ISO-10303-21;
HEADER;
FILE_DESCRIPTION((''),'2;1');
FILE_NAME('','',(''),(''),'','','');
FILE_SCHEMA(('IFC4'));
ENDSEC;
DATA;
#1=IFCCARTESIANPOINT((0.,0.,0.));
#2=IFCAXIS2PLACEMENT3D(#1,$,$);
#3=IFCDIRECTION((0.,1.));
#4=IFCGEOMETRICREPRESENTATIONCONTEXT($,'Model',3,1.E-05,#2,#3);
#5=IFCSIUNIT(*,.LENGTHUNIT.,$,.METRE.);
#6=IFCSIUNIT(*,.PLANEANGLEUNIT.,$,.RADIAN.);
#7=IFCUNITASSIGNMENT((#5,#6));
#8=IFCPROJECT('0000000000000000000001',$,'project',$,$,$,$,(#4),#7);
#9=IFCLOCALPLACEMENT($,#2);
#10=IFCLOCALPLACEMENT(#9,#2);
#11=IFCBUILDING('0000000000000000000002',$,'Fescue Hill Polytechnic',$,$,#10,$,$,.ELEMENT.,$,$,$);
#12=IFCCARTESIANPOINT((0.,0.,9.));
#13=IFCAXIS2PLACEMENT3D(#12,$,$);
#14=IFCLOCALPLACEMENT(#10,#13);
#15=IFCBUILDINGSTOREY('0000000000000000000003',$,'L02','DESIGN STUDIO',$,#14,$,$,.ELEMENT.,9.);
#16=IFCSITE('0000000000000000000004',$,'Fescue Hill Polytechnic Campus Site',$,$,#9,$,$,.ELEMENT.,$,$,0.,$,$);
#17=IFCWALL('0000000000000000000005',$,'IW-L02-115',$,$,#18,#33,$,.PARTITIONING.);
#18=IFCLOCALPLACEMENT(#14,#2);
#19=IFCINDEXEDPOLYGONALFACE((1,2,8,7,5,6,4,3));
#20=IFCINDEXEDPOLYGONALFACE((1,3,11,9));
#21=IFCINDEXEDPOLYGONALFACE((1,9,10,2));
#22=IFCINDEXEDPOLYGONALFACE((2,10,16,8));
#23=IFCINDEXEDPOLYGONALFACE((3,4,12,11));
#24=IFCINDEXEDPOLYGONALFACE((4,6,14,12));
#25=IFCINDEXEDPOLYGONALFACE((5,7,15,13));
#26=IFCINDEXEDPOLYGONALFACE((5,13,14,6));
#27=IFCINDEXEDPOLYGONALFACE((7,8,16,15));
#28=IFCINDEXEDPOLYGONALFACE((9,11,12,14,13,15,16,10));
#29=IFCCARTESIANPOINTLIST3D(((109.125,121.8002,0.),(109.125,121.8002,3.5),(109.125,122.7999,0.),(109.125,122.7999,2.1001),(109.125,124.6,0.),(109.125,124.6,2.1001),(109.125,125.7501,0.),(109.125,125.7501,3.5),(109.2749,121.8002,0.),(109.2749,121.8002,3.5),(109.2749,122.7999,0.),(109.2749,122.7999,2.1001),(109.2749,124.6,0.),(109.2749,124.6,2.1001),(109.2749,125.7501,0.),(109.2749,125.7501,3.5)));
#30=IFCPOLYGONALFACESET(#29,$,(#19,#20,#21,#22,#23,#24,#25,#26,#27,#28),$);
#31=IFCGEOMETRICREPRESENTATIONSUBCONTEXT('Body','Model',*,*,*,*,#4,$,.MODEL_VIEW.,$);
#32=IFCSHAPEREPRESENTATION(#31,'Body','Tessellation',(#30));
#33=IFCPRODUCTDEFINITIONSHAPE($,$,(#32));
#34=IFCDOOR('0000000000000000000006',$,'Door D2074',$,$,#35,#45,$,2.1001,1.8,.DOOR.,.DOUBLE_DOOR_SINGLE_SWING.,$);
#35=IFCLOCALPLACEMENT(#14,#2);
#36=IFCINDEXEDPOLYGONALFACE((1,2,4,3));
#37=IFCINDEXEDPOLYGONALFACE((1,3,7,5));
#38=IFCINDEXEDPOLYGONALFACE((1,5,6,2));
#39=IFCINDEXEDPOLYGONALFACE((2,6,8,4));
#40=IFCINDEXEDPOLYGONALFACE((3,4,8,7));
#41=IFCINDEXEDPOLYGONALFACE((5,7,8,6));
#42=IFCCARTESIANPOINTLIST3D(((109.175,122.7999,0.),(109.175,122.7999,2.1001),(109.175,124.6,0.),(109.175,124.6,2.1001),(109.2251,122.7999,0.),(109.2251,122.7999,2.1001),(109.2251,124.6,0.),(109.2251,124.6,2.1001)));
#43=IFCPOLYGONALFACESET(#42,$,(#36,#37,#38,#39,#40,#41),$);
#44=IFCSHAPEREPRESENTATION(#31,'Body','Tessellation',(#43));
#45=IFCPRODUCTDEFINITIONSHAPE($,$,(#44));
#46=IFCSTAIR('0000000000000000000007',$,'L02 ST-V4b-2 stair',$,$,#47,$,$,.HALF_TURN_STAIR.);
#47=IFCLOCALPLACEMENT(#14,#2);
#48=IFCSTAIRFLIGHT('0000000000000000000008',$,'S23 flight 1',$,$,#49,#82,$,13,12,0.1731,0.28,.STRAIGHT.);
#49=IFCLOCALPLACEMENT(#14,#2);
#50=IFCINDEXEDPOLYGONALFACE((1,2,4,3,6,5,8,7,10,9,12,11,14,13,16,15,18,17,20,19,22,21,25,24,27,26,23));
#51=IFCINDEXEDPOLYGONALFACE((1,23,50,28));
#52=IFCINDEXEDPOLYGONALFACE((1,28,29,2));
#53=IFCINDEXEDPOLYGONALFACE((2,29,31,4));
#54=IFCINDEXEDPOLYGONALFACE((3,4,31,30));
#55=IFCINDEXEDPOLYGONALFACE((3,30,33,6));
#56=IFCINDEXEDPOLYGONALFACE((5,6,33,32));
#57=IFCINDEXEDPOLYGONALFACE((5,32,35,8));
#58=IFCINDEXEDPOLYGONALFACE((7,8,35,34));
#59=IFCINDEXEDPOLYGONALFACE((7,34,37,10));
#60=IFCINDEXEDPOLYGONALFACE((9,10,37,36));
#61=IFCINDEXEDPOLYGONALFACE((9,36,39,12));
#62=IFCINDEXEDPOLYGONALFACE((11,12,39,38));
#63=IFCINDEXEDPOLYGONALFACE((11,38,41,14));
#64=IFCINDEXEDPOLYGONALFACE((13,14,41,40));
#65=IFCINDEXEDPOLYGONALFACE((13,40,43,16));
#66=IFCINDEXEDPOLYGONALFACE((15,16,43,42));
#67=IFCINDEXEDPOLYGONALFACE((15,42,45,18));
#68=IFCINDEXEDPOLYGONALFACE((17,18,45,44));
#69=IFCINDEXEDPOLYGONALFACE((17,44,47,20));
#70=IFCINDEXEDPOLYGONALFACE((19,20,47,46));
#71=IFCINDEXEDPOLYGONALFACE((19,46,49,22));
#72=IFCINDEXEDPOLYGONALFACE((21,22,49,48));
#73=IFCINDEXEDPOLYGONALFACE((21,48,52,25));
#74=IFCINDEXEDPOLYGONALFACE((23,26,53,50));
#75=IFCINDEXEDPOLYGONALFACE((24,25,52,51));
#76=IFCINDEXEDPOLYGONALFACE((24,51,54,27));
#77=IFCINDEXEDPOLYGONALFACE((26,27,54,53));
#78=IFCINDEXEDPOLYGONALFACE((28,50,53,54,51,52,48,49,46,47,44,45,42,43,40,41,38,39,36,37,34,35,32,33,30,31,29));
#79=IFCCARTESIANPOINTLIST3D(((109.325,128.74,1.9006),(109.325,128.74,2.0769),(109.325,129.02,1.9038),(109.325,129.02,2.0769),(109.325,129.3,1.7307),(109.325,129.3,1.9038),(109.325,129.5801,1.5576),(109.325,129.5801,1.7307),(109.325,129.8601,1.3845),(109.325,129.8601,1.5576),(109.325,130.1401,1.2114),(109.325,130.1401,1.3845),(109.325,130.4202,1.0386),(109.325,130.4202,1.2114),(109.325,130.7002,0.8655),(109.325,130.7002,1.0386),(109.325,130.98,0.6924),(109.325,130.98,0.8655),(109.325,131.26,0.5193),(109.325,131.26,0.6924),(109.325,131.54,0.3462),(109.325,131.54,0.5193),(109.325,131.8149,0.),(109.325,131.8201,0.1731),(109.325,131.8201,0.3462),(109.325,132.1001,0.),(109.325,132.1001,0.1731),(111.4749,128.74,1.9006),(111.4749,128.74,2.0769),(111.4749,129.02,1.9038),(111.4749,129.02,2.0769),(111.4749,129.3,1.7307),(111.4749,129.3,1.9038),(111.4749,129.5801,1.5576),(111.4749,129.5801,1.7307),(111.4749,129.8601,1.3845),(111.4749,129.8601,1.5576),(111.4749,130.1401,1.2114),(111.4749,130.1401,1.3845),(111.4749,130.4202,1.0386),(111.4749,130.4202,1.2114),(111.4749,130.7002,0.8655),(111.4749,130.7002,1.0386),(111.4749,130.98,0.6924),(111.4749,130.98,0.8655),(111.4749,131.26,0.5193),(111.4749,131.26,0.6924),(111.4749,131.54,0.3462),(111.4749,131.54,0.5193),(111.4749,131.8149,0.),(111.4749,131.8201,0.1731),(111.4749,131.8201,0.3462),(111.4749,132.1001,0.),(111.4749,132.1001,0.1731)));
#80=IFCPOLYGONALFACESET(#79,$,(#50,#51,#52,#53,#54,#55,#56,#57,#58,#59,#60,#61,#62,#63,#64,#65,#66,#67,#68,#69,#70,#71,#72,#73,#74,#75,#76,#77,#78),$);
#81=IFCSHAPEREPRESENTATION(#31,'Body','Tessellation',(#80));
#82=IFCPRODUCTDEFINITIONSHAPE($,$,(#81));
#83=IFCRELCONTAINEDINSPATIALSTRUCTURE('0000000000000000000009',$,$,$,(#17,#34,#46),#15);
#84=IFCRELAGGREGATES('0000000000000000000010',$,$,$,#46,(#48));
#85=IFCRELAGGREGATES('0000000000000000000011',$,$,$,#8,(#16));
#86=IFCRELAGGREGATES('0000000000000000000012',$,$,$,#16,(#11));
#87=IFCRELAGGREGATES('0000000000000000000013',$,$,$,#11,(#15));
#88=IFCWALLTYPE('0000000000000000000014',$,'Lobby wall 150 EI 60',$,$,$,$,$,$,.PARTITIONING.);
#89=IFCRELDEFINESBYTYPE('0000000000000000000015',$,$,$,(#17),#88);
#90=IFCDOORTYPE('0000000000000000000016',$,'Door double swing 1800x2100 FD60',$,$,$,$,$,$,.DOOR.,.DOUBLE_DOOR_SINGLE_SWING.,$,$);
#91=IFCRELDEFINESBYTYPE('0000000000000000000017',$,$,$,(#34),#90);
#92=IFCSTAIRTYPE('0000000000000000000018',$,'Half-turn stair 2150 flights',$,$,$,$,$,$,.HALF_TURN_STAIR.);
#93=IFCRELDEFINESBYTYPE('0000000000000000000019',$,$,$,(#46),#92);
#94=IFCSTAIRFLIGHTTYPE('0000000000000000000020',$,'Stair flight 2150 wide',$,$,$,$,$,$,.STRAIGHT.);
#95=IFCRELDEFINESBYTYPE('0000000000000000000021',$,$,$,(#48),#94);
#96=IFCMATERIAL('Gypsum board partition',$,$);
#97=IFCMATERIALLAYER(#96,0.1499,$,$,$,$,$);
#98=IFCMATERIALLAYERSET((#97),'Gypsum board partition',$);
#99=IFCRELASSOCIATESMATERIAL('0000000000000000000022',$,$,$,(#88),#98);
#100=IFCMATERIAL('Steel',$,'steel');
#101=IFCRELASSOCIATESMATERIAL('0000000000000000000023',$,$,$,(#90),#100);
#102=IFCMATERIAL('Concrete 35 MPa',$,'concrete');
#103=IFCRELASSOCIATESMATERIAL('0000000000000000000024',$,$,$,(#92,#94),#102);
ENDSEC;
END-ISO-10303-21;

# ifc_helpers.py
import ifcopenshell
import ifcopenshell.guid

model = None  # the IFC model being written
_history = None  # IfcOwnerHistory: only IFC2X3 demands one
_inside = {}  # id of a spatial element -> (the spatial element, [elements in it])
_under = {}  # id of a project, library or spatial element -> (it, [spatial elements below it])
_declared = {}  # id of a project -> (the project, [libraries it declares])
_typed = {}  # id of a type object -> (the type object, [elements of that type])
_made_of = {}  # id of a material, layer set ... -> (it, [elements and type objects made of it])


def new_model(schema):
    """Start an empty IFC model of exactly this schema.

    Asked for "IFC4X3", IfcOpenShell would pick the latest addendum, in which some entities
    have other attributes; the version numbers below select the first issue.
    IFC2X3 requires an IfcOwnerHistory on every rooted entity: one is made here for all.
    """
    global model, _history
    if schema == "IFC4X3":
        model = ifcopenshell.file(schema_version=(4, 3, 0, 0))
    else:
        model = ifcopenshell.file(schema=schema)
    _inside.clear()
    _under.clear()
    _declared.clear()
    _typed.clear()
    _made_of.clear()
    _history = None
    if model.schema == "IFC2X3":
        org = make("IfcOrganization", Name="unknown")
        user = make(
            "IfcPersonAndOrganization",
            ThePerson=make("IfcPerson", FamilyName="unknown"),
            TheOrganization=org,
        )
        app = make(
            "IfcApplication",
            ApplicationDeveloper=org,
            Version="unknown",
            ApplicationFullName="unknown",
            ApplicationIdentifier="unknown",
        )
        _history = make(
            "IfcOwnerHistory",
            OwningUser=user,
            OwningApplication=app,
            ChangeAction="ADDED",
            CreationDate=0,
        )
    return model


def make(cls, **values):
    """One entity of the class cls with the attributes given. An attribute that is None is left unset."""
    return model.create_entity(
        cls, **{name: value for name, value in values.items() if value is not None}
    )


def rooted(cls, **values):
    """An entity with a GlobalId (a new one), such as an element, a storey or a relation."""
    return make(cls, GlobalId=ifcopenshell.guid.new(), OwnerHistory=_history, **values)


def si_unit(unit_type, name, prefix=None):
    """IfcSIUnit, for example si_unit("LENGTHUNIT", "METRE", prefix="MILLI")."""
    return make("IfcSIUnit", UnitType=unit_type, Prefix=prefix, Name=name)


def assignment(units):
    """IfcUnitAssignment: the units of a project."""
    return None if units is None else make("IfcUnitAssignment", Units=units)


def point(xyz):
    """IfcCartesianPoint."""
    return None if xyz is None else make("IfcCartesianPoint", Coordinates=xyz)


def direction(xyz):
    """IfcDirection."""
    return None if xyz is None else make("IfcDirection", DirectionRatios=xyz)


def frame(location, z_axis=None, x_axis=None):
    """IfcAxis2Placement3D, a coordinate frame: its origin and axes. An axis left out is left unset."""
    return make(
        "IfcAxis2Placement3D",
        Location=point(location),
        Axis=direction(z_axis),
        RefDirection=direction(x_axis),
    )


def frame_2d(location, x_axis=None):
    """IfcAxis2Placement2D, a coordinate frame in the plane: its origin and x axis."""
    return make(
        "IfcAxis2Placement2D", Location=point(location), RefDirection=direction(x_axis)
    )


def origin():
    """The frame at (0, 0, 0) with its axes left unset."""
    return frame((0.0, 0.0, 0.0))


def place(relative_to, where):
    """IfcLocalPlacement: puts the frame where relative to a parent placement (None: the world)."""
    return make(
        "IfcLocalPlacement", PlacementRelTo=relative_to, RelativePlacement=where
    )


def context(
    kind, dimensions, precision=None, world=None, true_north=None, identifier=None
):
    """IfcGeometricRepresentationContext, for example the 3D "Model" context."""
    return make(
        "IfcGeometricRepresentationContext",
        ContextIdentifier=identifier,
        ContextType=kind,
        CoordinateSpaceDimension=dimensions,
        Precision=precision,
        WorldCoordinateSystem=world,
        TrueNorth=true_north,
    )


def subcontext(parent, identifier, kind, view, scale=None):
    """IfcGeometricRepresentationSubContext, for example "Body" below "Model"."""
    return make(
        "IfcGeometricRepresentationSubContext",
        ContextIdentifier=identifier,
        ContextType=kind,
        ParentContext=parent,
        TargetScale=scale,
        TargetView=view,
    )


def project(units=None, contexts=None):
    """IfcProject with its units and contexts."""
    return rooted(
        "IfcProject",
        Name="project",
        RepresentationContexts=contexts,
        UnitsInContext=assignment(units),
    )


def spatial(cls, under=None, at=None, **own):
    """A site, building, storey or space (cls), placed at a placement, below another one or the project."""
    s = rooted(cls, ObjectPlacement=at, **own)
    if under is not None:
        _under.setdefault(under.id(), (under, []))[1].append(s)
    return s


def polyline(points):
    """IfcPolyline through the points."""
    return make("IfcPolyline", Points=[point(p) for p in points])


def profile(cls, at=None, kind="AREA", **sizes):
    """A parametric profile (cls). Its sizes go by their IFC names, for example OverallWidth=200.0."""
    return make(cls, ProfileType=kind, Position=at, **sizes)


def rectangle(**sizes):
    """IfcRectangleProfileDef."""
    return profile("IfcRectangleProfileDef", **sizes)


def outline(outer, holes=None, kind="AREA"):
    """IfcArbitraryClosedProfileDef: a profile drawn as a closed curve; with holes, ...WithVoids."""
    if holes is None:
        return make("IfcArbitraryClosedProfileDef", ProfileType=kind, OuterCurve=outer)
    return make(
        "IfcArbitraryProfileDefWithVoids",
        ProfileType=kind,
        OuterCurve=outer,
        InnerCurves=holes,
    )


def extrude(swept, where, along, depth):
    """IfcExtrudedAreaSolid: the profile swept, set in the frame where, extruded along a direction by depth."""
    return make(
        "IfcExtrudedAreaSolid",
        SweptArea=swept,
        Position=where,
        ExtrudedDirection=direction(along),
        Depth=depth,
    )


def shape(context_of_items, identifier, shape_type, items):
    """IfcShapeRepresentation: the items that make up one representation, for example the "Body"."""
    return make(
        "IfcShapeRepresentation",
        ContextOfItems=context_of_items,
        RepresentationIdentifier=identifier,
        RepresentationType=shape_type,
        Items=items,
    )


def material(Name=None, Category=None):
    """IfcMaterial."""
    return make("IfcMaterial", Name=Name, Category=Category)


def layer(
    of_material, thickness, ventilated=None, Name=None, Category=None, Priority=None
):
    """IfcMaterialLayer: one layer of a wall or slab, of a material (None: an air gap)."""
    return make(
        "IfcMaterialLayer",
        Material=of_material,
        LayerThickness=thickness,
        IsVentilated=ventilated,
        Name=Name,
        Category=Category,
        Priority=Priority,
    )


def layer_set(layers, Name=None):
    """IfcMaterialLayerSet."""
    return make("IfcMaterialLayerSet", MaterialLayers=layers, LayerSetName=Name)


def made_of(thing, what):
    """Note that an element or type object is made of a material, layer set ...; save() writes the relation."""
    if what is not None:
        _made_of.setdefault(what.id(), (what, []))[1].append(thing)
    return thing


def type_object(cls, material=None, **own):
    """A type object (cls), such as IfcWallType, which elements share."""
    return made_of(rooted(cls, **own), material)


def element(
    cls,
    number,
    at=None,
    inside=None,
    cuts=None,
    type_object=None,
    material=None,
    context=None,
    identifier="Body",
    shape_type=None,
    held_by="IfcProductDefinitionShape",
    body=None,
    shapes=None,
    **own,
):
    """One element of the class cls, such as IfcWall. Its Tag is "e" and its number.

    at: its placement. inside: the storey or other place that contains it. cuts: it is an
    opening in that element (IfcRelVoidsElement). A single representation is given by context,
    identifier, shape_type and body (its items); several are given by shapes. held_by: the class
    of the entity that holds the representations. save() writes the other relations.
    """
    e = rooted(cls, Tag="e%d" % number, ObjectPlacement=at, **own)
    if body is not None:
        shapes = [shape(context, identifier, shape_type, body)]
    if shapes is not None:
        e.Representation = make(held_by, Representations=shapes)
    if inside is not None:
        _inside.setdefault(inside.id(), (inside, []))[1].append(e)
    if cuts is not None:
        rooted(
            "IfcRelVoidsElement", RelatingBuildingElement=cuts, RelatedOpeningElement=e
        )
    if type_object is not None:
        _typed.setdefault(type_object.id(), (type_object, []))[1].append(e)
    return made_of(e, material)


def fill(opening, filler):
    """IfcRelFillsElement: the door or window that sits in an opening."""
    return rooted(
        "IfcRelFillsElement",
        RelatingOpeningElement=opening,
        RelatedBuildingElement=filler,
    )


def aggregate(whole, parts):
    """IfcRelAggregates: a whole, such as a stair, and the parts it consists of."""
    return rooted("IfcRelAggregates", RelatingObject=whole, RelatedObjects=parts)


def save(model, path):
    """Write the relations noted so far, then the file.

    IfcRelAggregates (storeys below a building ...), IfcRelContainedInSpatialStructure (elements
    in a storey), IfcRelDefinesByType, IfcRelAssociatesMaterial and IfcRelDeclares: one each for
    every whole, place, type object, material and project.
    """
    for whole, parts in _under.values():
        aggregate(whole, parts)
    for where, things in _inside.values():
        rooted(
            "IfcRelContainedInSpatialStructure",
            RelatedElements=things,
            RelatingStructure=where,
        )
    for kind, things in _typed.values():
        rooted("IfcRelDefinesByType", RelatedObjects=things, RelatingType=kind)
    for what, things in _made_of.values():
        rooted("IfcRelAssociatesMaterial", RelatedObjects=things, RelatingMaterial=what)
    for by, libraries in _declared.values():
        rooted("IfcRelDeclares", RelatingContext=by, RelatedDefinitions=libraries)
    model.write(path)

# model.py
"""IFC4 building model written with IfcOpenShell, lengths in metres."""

from ifc_helpers import new_model, si_unit, direction, frame, frame_2d, origin, place, context, subcontext, project, spatial, polyline, rectangle, outline, extrude, material, layer, layer_set, type_object, element, fill, aggregate, save


model = new_model("IFC4")

# Units and contexts
model_context = context("Model", 3, precision=1e-05, world=origin(), true_north=direction((0.0, 1.0)))
body_context = subcontext(model_context, "Body", "Model", "MODEL_VIEW")
ifc_project = project(units=[si_unit("LENGTHUNIT", "METRE"), si_unit("PLANEANGLEUNIT", "RADIAN")], contexts=[model_context])

# Site, building, storey
site_placement = place(None, origin())
site = spatial("IfcSite", under=ifc_project, at=site_placement, Name="Fescue Hill Polytechnic Campus Site", CompositionType="ELEMENT", RefElevation=0.0)
building_placement = place(site_placement, origin())
building = spatial("IfcBuilding", under=site, at=building_placement, Name="Fescue Hill Polytechnic", CompositionType="ELEMENT")
storey_placement = place(building_placement, frame((0.0, 0.0, 9.0)))
storey = spatial("IfcBuildingStorey", under=building, at=storey_placement, Name="L02", Description="DESIGN STUDIO", CompositionType="ELEMENT", Elevation=9.0)

# Wall, opening, door
ifc_material_1 = material(Name="Gypsum board partition")
ifc_layer_1 = layer(ifc_material_1, 0.1499)
ifc_layer_set_1 = layer_set([ifc_layer_1], Name="Gypsum board partition")
wall_type_1 = type_object("IfcWallType", Name="Lobby wall 150 EI 60", PredefinedType="PARTITIONING", material=ifc_layer_set_1)
wall_1_placement = place(storey_placement, frame((109.2, 121.8, 0.0), z_axis=(0.0, 0.0, 1.0), x_axis=(0.0, 1.0, 0.0)))
wall_1 = element("IfcWall", 1, at=wall_1_placement, inside=storey, type_object=wall_type_1, Name="IW-L02-115", PredefinedType="PARTITIONING", context=body_context, shape_type="SweptSolid", body=[
    extrude(rectangle(XDim=3.95, YDim=0.1499, at=frame_2d((1.9751, 0.0))), origin(), (0.0, 0.0, 1.0), 3.5),
])
opening_1_placement = place(wall_1_placement, frame((1.0, 0.0, 0.0)))
opening_1 = element("IfcOpeningElement", 2, at=opening_1_placement, cuts=wall_1, PredefinedType="OPENING", context=body_context, shape_type="SweptSolid", body=[
    extrude(rectangle(XDim=1.8, YDim=2.1001, at=frame_2d((0.8999, 1.05))), frame((0.0, 0.085, 0.0), z_axis=(0.0, -1.0, 0.0), x_axis=(1.0, 0.0, 0.0)), (0.0, 0.0, 1.0), 0.1699),
])
ifc_material_2 = material(Name="Steel", Category="steel")
door_type_1 = type_object("IfcDoorType", Name="Door double swing 1800x2100 FD60", OperationType="DOUBLE_DOOR_SINGLE_SWING", PredefinedType="DOOR", material=ifc_material_2)
door_1_placement = place(opening_1_placement, origin())
door_1 = element("IfcDoor", 3, at=door_1_placement, inside=storey, type_object=door_type_1, Name="Door D2074", OperationType="DOUBLE_DOOR_SINGLE_SWING", OverallHeight=2.1001, OverallWidth=1.8, PredefinedType="DOOR", context=body_context, shape_type="SweptSolid", body=[
    extrude(rectangle(XDim=1.8, YDim=2.1001, at=frame_2d((0.8999, 1.05))), frame((0.0, 0.0249, 0.0), z_axis=(0.0, -1.0, 0.0), x_axis=(1.0, 0.0, 0.0)), (0.0, 0.0, 1.0), 0.05),
])
fill(opening_1, door_1)

# Stair, stair flight
ifc_material_3 = material(Name="Concrete 35 MPa", Category="concrete")
stair_type = type_object("IfcStairType", Name="Half-turn stair 2150 flights", PredefinedType="HALF_TURN_STAIR", material=ifc_material_3)
stair_placement = place(storey_placement, origin())
stair = element("IfcStair", 4, at=stair_placement, inside=storey, type_object=stair_type, Name="L02 ST-V4b-2 stair", PredefinedType="HALF_TURN_STAIR")
stair_flight_type = type_object("IfcStairFlightType", Name="Stair flight 2150 wide", PredefinedType="STRAIGHT", material=ifc_material_3)
stair_flight_placement = place(storey_placement, frame((110.3999, 132.1001, 0.0), z_axis=(0.0, 0.0, 1.0), x_axis=(0.0, -1.0, 0.0)))
stair_flight = element("IfcStairFlight", 5, at=stair_flight_placement, type_object=stair_flight_type, Name="S23 flight 1", NumberOfRisers=13, NumberOfTreads=12, PredefinedType="STRAIGHT", RiserHeight=0.1731, TreadLength=0.28, context=body_context, shape_type="SweptSolid", body=[
    extrude(outline(polyline([(0.0, 0.0), (0.0, 0.1731), (0.28, 0.1731), (0.28, 0.3462), (0.5601, 0.3462), (0.5601, 0.5193), (0.8401, 0.5193), (0.8401, 0.6924), (1.1201, 0.6924), (1.1201, 0.8655), (1.3999, 0.8655), (1.3999, 1.0386), (1.6799, 1.0386), (1.6799, 1.2114), (1.96, 1.2114), (1.96, 1.3845), (2.24, 1.3845), (2.24, 1.5576), (2.52, 1.5576), (2.52, 1.7307), (2.8, 1.7307), (2.8, 1.9038), (3.0801, 1.9038), (3.0801, 2.0769), (3.3601, 2.0769), (3.3601, 2.25), (3.3601, 1.9006), (0.2852, 0.0), (0.0, 0.0)])), frame((0.0, 1.075, 0.0), z_axis=(0.0, -1.0, 0.0), x_axis=(1.0, 0.0, 0.0)), (0.0, 0.0, 1.0), 2.1499),
])
aggregate(stair, [stair_flight])

save(model, "model.ifc")
